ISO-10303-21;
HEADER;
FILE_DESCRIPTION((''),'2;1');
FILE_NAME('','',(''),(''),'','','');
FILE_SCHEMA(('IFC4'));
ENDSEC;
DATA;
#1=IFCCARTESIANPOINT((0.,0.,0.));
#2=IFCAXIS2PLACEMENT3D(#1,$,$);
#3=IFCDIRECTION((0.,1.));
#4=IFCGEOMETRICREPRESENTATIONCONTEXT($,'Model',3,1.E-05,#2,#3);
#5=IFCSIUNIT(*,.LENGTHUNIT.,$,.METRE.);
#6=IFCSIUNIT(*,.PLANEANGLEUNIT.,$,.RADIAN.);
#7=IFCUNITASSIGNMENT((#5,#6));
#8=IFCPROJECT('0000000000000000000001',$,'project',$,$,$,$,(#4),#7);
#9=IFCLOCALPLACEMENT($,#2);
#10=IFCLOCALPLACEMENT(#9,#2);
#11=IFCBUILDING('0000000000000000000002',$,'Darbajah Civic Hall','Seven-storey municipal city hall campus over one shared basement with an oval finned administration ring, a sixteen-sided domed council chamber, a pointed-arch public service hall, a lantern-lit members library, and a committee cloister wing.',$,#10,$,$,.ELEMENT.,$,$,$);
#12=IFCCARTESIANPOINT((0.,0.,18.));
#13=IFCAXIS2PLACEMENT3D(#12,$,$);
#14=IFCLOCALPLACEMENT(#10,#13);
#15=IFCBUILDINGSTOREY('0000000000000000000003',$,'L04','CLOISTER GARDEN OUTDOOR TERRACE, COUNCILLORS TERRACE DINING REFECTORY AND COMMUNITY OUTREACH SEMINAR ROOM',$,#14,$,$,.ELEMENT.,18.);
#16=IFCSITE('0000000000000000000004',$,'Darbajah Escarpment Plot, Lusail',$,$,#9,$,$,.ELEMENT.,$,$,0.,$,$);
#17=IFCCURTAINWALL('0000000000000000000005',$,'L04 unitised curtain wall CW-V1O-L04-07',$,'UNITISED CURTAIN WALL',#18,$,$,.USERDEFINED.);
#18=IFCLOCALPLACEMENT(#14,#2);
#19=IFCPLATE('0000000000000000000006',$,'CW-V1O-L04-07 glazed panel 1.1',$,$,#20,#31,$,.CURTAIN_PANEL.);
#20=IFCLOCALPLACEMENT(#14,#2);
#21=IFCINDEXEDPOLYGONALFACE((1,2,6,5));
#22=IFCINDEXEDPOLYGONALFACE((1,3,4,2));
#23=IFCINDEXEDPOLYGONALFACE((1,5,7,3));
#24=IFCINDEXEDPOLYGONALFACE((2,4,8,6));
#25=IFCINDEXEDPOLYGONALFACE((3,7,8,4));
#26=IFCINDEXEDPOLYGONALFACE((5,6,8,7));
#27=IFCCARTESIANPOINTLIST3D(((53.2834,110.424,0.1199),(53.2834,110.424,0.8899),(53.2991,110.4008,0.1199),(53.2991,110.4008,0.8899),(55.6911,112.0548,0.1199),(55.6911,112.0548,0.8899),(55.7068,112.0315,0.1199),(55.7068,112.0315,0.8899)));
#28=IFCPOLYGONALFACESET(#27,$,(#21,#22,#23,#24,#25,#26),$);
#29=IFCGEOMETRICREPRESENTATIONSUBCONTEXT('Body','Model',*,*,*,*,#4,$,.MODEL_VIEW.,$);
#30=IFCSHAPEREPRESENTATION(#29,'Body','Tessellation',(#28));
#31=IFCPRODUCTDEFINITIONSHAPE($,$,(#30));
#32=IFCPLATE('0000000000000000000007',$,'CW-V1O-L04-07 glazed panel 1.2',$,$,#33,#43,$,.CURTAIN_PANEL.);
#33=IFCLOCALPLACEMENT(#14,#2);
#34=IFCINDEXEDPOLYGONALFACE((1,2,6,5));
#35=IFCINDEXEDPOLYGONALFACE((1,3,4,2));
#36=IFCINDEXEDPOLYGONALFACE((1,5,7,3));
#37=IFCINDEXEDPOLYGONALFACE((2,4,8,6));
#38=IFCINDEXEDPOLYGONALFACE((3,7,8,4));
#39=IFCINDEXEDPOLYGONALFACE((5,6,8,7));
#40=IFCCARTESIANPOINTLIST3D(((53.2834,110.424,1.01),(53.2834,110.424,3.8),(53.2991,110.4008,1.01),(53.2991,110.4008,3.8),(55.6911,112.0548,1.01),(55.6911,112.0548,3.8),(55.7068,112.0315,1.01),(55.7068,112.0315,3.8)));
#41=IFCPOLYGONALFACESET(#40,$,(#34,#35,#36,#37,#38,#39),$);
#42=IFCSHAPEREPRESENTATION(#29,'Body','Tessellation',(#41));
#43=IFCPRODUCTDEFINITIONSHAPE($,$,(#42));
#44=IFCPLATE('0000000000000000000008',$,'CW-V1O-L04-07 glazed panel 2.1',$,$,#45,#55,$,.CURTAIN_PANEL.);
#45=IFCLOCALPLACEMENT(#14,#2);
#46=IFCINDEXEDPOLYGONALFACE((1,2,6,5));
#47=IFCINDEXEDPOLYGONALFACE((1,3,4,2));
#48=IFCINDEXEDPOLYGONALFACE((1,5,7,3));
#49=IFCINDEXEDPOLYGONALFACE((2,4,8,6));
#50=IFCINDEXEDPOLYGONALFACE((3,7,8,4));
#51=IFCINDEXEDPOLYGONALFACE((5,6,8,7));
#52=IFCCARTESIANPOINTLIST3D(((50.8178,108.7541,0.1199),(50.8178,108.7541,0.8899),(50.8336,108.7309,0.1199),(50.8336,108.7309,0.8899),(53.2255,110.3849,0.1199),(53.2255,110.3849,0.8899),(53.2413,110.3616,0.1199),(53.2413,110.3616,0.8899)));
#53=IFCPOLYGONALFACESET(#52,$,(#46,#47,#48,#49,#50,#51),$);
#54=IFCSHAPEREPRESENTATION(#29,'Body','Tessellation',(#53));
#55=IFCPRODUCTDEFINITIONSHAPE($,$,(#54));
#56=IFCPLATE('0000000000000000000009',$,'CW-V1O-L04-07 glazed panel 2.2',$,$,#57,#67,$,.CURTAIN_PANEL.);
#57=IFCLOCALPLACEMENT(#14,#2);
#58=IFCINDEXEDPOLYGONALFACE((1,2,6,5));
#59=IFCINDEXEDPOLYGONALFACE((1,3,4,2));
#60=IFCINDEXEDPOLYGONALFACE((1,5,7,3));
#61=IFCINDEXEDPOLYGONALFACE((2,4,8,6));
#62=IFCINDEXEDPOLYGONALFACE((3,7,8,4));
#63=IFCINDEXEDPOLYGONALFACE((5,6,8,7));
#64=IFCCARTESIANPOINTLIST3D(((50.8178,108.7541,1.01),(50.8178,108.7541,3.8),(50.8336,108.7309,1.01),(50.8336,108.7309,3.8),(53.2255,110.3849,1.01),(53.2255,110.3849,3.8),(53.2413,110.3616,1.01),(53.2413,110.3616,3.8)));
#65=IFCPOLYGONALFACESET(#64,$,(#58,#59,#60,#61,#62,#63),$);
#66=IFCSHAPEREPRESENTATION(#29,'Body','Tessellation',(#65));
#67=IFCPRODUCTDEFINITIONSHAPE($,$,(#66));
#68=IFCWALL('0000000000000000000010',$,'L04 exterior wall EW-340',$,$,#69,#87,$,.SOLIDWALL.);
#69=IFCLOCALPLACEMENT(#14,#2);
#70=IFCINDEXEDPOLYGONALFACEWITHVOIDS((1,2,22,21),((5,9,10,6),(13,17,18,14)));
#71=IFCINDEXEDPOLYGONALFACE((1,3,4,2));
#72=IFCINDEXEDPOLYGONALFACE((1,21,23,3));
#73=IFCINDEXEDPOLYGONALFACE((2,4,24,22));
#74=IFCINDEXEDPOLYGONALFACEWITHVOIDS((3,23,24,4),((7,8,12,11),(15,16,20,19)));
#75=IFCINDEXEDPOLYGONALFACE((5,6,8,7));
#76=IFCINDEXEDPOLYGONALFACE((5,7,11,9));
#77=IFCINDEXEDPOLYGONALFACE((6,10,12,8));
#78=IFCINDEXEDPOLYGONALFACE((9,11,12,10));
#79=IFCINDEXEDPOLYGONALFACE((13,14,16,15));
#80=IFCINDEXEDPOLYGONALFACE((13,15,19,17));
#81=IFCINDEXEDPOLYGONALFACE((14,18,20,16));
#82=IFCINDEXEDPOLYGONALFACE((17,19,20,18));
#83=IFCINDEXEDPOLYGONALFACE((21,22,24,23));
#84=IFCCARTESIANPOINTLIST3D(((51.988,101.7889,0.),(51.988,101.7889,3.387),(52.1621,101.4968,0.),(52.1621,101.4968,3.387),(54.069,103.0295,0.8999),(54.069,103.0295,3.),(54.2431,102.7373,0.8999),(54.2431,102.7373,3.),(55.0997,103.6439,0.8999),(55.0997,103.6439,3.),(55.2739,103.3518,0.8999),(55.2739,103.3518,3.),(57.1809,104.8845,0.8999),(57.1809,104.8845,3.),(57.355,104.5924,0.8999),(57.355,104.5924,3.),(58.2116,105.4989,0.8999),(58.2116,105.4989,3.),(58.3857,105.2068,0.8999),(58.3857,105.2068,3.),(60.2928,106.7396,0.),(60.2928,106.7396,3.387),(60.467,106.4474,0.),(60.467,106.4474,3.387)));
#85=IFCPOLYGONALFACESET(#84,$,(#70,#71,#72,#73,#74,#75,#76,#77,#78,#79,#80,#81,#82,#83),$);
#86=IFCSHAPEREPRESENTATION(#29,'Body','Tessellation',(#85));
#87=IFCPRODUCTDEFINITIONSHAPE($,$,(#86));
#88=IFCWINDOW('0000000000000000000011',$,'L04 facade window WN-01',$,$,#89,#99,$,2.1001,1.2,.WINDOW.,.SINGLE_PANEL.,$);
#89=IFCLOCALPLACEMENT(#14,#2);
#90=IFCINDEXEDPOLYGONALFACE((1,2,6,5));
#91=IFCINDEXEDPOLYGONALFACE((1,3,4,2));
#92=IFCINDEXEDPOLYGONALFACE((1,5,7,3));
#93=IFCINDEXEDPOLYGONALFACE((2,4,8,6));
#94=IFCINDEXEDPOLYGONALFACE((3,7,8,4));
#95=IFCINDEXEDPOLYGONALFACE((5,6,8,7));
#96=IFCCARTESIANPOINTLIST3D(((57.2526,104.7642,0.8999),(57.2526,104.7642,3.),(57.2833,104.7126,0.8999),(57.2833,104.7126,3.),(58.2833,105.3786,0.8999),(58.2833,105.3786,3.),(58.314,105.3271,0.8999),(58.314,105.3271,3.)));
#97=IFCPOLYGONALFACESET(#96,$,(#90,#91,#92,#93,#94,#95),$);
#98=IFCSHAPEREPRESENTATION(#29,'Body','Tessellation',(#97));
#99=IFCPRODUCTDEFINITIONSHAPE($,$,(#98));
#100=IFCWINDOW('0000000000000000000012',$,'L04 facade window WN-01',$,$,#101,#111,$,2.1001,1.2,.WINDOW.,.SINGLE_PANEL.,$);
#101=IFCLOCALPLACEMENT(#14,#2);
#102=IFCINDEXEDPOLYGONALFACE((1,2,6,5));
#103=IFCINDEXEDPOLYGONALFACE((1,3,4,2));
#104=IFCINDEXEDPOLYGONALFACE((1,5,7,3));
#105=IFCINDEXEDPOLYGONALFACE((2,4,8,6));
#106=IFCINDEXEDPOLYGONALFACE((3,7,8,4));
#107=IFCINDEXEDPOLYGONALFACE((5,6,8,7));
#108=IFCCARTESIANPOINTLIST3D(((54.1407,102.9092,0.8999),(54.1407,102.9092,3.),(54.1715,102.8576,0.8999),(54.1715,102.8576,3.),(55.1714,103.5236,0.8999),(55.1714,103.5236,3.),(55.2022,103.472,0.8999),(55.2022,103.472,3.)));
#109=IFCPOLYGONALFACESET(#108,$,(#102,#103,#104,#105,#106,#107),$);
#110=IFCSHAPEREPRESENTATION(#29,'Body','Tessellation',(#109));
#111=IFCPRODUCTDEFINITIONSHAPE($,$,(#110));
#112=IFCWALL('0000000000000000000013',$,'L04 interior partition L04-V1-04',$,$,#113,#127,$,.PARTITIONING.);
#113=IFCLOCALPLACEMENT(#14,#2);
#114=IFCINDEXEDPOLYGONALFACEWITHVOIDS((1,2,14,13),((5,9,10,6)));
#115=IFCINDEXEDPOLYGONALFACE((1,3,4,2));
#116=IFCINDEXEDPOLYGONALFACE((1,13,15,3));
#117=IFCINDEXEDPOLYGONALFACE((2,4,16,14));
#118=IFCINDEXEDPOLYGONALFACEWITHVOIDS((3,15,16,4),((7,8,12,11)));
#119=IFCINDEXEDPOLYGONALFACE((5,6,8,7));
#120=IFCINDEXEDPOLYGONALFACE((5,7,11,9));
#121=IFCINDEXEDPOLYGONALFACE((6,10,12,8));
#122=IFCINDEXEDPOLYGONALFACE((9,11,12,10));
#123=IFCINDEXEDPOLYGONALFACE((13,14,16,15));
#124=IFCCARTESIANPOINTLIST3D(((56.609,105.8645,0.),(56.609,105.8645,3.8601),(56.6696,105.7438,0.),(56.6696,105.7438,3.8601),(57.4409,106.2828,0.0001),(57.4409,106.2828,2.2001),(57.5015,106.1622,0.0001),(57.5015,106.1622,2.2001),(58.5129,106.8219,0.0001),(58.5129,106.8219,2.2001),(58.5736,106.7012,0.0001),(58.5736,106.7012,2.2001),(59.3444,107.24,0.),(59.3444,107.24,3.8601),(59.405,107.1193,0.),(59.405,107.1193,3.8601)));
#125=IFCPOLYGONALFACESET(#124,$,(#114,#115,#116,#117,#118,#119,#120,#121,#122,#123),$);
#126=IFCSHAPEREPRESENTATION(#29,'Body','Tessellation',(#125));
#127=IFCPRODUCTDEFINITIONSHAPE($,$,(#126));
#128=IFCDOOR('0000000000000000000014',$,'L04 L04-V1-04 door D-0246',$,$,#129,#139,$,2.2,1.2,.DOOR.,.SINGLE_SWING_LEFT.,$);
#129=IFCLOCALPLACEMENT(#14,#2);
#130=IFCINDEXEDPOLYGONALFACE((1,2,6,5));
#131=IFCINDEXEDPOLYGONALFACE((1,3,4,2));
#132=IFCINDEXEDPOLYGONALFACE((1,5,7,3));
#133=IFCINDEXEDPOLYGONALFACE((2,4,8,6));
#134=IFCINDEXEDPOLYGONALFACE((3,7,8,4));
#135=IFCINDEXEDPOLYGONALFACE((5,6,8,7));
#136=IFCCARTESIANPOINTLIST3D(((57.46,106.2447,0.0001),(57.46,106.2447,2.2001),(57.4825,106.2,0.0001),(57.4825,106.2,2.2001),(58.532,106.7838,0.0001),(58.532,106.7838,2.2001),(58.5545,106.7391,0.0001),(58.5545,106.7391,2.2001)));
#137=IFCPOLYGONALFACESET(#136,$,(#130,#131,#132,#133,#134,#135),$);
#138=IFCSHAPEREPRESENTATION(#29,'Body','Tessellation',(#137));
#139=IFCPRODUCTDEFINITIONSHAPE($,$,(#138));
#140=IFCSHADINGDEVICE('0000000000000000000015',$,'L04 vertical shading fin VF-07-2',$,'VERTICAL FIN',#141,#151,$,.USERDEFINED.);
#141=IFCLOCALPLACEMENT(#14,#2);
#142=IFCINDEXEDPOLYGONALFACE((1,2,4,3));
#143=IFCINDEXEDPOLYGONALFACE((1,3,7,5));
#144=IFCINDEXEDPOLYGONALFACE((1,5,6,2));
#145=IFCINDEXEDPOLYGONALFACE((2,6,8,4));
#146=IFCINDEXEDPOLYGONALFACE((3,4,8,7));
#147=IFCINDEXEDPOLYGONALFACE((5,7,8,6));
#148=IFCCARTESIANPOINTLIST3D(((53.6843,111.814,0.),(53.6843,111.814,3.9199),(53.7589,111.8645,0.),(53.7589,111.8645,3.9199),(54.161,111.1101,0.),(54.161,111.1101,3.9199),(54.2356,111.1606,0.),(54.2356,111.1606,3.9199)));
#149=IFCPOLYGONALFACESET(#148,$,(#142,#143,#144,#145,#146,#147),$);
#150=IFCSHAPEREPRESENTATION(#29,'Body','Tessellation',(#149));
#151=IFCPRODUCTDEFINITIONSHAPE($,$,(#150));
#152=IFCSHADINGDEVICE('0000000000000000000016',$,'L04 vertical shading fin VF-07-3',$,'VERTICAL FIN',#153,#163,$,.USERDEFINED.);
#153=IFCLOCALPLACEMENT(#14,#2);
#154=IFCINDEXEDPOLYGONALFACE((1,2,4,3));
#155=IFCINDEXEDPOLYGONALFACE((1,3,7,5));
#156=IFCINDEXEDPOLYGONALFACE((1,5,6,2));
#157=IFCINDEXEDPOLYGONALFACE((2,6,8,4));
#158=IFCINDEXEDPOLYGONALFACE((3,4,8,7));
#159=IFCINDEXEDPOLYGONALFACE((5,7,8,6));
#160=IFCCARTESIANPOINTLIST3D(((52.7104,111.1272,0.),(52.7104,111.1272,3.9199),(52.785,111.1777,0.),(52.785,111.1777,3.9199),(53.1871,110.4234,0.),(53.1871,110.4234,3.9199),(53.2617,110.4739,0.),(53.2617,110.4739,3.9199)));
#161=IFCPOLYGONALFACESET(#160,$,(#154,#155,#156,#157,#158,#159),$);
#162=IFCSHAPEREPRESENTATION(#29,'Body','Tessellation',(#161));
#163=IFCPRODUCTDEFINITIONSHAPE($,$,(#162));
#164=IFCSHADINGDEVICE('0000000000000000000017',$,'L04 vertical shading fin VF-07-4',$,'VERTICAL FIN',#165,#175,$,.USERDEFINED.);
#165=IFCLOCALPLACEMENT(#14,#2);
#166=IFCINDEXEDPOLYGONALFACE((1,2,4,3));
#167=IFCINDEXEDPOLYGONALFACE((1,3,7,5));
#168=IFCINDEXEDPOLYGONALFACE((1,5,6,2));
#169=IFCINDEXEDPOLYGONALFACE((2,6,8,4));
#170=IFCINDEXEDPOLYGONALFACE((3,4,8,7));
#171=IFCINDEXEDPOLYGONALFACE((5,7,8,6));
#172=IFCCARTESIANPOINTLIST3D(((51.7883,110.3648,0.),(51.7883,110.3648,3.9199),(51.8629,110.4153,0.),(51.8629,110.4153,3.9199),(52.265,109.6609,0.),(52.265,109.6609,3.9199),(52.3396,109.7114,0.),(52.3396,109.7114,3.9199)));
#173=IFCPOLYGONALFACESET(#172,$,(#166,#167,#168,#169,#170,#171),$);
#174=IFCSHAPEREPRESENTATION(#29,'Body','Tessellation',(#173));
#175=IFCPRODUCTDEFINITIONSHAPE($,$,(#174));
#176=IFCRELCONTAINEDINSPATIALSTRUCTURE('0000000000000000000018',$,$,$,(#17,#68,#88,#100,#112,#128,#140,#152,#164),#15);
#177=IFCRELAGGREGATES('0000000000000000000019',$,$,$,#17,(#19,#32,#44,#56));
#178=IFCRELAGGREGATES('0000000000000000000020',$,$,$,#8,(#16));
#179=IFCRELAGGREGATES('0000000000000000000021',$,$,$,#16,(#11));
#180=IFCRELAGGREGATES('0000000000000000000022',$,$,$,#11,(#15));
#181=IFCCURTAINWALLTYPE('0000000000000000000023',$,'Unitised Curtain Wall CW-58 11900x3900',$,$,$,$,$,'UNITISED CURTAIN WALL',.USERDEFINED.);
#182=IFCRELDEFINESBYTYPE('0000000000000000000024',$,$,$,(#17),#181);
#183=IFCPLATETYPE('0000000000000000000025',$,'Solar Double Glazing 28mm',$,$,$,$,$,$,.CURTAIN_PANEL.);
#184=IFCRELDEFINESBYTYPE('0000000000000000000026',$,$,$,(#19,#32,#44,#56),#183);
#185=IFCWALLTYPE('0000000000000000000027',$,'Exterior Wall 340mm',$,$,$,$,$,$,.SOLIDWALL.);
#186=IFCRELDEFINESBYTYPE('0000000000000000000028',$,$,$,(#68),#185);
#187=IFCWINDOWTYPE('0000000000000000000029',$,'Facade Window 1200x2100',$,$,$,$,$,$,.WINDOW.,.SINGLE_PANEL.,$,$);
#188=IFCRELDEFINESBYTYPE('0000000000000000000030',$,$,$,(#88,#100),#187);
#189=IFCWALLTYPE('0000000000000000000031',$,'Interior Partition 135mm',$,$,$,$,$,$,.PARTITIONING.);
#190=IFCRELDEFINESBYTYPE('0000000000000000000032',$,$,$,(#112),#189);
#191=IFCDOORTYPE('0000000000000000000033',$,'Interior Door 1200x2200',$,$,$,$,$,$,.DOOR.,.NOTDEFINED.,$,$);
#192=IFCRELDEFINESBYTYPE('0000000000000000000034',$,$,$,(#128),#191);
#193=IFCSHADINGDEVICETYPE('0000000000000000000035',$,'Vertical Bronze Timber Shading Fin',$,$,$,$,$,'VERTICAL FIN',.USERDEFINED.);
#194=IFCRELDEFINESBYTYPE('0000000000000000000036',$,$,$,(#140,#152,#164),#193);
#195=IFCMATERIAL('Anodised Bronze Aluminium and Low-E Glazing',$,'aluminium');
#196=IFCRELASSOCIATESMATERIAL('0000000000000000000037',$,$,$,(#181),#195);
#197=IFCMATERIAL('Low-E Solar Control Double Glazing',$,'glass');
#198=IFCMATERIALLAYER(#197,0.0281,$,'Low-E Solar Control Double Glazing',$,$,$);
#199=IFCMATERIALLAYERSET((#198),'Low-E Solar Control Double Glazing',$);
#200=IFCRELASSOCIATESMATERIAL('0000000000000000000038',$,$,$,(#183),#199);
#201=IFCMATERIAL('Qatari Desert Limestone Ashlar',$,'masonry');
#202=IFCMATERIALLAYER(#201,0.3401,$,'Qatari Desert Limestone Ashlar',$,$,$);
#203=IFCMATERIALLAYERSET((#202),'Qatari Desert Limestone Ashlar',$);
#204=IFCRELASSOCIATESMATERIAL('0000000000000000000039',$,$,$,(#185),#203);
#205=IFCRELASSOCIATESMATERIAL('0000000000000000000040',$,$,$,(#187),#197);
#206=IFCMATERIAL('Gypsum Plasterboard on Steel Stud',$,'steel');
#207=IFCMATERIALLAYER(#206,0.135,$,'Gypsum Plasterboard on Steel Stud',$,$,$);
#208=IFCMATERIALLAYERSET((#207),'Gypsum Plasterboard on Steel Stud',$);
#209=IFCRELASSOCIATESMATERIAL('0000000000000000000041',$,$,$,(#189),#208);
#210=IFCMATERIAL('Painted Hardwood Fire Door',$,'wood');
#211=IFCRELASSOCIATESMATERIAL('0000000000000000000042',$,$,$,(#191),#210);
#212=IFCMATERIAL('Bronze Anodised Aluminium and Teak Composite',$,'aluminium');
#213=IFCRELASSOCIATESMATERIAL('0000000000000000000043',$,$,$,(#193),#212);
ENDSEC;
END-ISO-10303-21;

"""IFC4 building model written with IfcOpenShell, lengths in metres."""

from ifc_helpers import new_model, si_unit, direction, frame, frame_2d, origin, origin_2d, place, context, subcontext, project, spatial, rectangle, extrude, material, layer, layer_set, type_object, element, fill, aggregate, save


model = new_model("IFC4")

# Units and contexts
model_context = context("Model", 3, precision=1e-05, world=origin(), true_north=direction((0.0, 1.0)))
body_context = subcontext(model_context, "Body", "Model", "MODEL_VIEW")
ifc_project = project(units=[si_unit("LENGTHUNIT", "METRE"), si_unit("PLANEANGLEUNIT", "RADIAN")], contexts=[model_context])

# Site, building, storey
site_placement = place(None, origin())
site = spatial("IfcSite", under=ifc_project, at=site_placement, Name="Darbajah Escarpment Plot, Lusail", CompositionType="ELEMENT", RefElevation=0.0)
building_placement = place(site_placement, origin())
building = spatial("IfcBuilding", under=site, at=building_placement, Name="Darbajah Civic Hall", Description="Seven-storey municipal city hall campus over one shared basement with an oval finned administration ring, a sixteen-sided domed council chamber, a pointed-arch public service hall, a lantern-lit members library, and a committee cloister wing.", CompositionType="ELEMENT")
storey_placement = place(building_placement, frame((0.0, 0.0, 18.0)))
storey = spatial("IfcBuildingStorey", under=building, at=storey_placement, Name="L04", Description="CLOISTER GARDEN OUTDOOR TERRACE, COUNCILLORS TERRACE DINING REFECTORY AND COMMUNITY OUTREACH SEMINAR ROOM", CompositionType="ELEMENT", Elevation=18.0)

# Curtain wall
ifc_material_1 = material(Name="Anodised Bronze Aluminium and Low-E Glazing", Category="aluminium")
curtain_wall_type = type_object("IfcCurtainWallType", Name="Unitised Curtain Wall CW-58 11900x3900", ElementType="UNITISED CURTAIN WALL", PredefinedType="USERDEFINED", material=ifc_material_1)
curtain_wall_placement = place(storey_placement, origin())
curtain_wall = element("IfcCurtainWall", 1, at=curtain_wall_placement, inside=storey, type_object=curtain_wall_type, Name="L04 unitised curtain wall CW-V1O-L04-07", ObjectType="UNITISED CURTAIN WALL", PredefinedType="USERDEFINED")

# Plates
ifc_material_2 = material(Name="Low-E Solar Control Double Glazing", Category="glass")
ifc_layer_1 = layer(ifc_material_2, 0.0281, Name="Low-E Solar Control Double Glazing")
ifc_layer_set_1 = layer_set([ifc_layer_1], Name="Low-E Solar Control Double Glazing")
plate_type = type_object("IfcPlateType", Name="Solar Double Glazing 28mm", PredefinedType="CURTAIN_PANEL", material=ifc_layer_set_1)
plate_1_placement = place(storey_placement, frame((54.4951, 111.2278, 0.1199), z_axis=(0.0, 0.0, 1.0), x_axis=(-0.827962, -0.560784, 0.0)))
plate_1 = element("IfcPlate", 2, at=plate_1_placement, type_object=plate_type, Name="CW-V1O-L04-07 glazed panel 1.1", PredefinedType="CURTAIN_PANEL", context=body_context, shape_type="SweptSolid", body=[
    extrude(rectangle(XDim=2.908, YDim=0.0281, at=origin_2d()), origin(), (0.0, 0.0, 1.0), 0.77),
])
plate_2_placement = place(storey_placement, frame((54.4951, 111.2278, 1.01), z_axis=(0.0, 0.0, 1.0), x_axis=(-0.827962, -0.560784, 0.0)))
plate_2 = element("IfcPlate", 3, at=plate_2_placement, type_object=plate_type, Name="CW-V1O-L04-07 glazed panel 1.2", PredefinedType="CURTAIN_PANEL", context=body_context, shape_type="SweptSolid", body=[
    extrude(rectangle(XDim=2.908, YDim=0.0281, at=origin_2d()), origin(), (0.0, 0.0, 1.0), 2.79),
])
plate_3_placement = place(storey_placement, frame((52.0295, 109.5579, 0.1199), z_axis=(0.0, 0.0, 1.0), x_axis=(-0.827962, -0.560784, 0.0)))
plate_3 = element("IfcPlate", 4, at=plate_3_placement, type_object=plate_type, Name="CW-V1O-L04-07 glazed panel 2.1", PredefinedType="CURTAIN_PANEL", context=body_context, shape_type="SweptSolid", body=[
    extrude(rectangle(XDim=2.908, YDim=0.0281, at=origin_2d()), origin(), (0.0, 0.0, 1.0), 0.77),
])
plate_4_placement = place(storey_placement, frame((52.0295, 109.5579, 1.01), z_axis=(0.0, 0.0, 1.0), x_axis=(-0.827962, -0.560784, 0.0)))
plate_4 = element("IfcPlate", 5, at=plate_4_placement, type_object=plate_type, Name="CW-V1O-L04-07 glazed panel 2.2", PredefinedType="CURTAIN_PANEL", context=body_context, shape_type="SweptSolid", body=[
    extrude(rectangle(XDim=2.908, YDim=0.0281, at=origin_2d()), origin(), (0.0, 0.0, 1.0), 2.79),
])
aggregate(curtain_wall, [plate_1, plate_2, plate_3, plate_4])

# Wall, openings, windows
ifc_material_3 = material(Name="Qatari Desert Limestone Ashlar", Category="masonry")
ifc_layer_2 = layer(ifc_material_3, 0.3401, Name="Qatari Desert Limestone Ashlar")
ifc_layer_set_2 = layer_set([ifc_layer_2], Name="Qatari Desert Limestone Ashlar")
wall_type_1 = type_object("IfcWallType", Name="Exterior Wall 340mm", PredefinedType="SOLIDWALL", material=ifc_layer_set_2)
wall_1_placement = place(storey_placement, frame((60.3799, 106.5935, 0.0), z_axis=(0.0, 0.0, 1.0), x_axis=(-0.858962, -0.512039, 0.0)))
wall_1 = element("IfcWall", 6, at=wall_1_placement, inside=storey, type_object=wall_type_1, Name="L04 exterior wall EW-340", PredefinedType="SOLIDWALL", context=body_context, shape_type="SweptSolid", body=[
    extrude(rectangle(XDim=9.6685, YDim=0.3401, at=frame_2d((4.8342, 0.0))), origin(), (0.0, 0.0, 1.0), 3.387),
])
opening_1_placement = place(wall_1_placement, frame((2.4229, 0.0, 0.8999)))
opening_1 = element("IfcOpeningElement", 7, at=opening_1_placement, cuts=wall_1, PredefinedType="OPENING", context=body_context, shape_type="SweptSolid", body=[
    extrude(rectangle(XDim=1.2, YDim=2.1001, at=frame_2d((0.6001, 1.05))), frame((0.0, 0.1799, 0.0), z_axis=(0.0, -1.0, 0.0), x_axis=(1.0, 0.0, 0.0)), (0.0, 0.0, 1.0), 0.3601),
])
opening_2_placement = place(wall_1_placement, frame((6.0457, 0.0, 0.8999)))
opening_2 = element("IfcOpeningElement", 8, at=opening_2_placement, cuts=wall_1, PredefinedType="OPENING", context=body_context, shape_type="SweptSolid", body=[
    extrude(rectangle(XDim=1.2, YDim=2.1001, at=frame_2d((0.6001, 1.05))), frame((0.0, 0.1799, 0.0), z_axis=(0.0, -1.0, 0.0), x_axis=(1.0, 0.0, 0.0)), (0.0, 0.0, 1.0), 0.3601),
])
window_type = type_object("IfcWindowType", Name="Facade Window 1200x2100", PartitioningType="SINGLE_PANEL", PredefinedType="WINDOW", material=ifc_material_2)
window_1_placement = place(opening_1_placement, origin())
window_1 = element("IfcWindow", 9, at=window_1_placement, inside=storey, type_object=window_type, Name="L04 facade window WN-01", OverallHeight=2.1001, OverallWidth=1.2, PartitioningType="SINGLE_PANEL", PredefinedType="WINDOW", context=body_context, shape_type="SweptSolid", body=[
    extrude(rectangle(XDim=1.2, YDim=2.1001, at=frame_2d((0.6001, 1.05))), frame((0.0, 0.03, 0.0), z_axis=(0.0, -1.0, 0.0), x_axis=(1.0, 0.0, 0.0)), (0.0, 0.0, 1.0), 0.0601),
])
fill(opening_1, window_1)
window_2_placement = place(opening_2_placement, origin())
window_2 = element("IfcWindow", 10, at=window_2_placement, inside=storey, type_object=window_type, Name="L04 facade window WN-01", OverallHeight=2.1001, OverallWidth=1.2, PartitioningType="SINGLE_PANEL", PredefinedType="WINDOW", context=body_context, shape_type="SweptSolid", body=[
    extrude(rectangle(XDim=1.2, YDim=2.1001, at=frame_2d((0.6001, 1.05))), frame((0.0, 0.03, 0.0), z_axis=(0.0, -1.0, 0.0), x_axis=(1.0, 0.0, 0.0)), (0.0, 0.0, 1.0), 0.0601),
])
fill(opening_2, window_2)

# Wall, opening, door
ifc_material_4 = material(Name="Gypsum Plasterboard on Steel Stud", Category="steel")
ifc_layer_3 = layer(ifc_material_4, 0.135, Name="Gypsum Plasterboard on Steel Stud")
ifc_layer_set_3 = layer_set([ifc_layer_3], Name="Gypsum Plasterboard on Steel Stud")
wall_type_2 = type_object("IfcWallType", Name="Interior Partition 135mm", PredefinedType="PARTITIONING", material=ifc_layer_set_3)
wall_2_placement = place(storey_placement, frame((56.6394, 105.8042, 0.0), z_axis=(0.0, 0.0, 1.0), x_axis=(0.893404, 0.449254, 0.0)))
wall_2 = element("IfcWall", 11, at=wall_2_placement, inside=storey, type_object=wall_type_2, Name="L04 interior partition L04-V1-04", PredefinedType="PARTITIONING", context=body_context, shape_type="SweptSolid", body=[
    extrude(rectangle(XDim=3.0618, YDim=0.135, at=frame_2d((1.5308, 0.0))), origin(), (0.0, 0.0, 1.0), 3.8601),
])
opening_3_placement = place(wall_2_placement, frame((0.9309, 0.0, 0.0)))
opening_3 = element("IfcOpeningElement", 12, at=opening_3_placement, cuts=wall_2, PredefinedType="OPENING", context=body_context, shape_type="SweptSolid", body=[
    extrude(rectangle(XDim=1.2, YDim=2.2, at=frame_2d((0.6001, 1.1001))), frame((0.0, 0.0774, 0.0), z_axis=(0.0, -1.0, 0.0), x_axis=(1.0, 0.0, 0.0)), (0.0, 0.0, 1.0), 0.155),
])
ifc_material_5 = material(Name="Painted Hardwood Fire Door", Category="wood")
door_type = type_object("IfcDoorType", Name="Interior Door 1200x2200", OperationType="NOTDEFINED", PredefinedType="DOOR", material=ifc_material_5)
door_placement = place(opening_3_placement, origin())
door = element("IfcDoor", 13, at=door_placement, inside=storey, type_object=door_type, Name="L04 L04-V1-04 door D-0246", OperationType="SINGLE_SWING_LEFT", OverallHeight=2.2, OverallWidth=1.2, PredefinedType="DOOR", context=body_context, shape_type="SweptSolid", body=[
    extrude(rectangle(XDim=1.2, YDim=2.2, at=frame_2d((0.6001, 1.1001))), frame((0.0, 0.0249, 0.0), z_axis=(0.0, -1.0, 0.0), x_axis=(1.0, 0.0, 0.0)), (0.0, 0.0, 1.0), 0.05),
])
fill(opening_3, door)

# Shading devices
ifc_material_6 = material(Name="Bronze Anodised Aluminium and Teak Composite", Category="aluminium")
shading_device_type = type_object("IfcShadingDeviceType", Name="Vertical Bronze Timber Shading Fin", ElementType="VERTICAL FIN", PredefinedType="USERDEFINED", material=ifc_material_6)
for number, where, z_axis, x_axis, name in (
    (14, (53.96, 111.4873, 0.0), (0.0, 0.0, 1.0), (-0.560784, 0.827962, 0.0), "L04 vertical shading fin VF-07-2"),
    (15, (52.9861, 110.8005, 0.0), (0.0, 0.0, 1.0), (-0.560784, 0.827962, 0.0), "L04 vertical shading fin VF-07-3"),
    (16, (52.064, 110.0381, 0.0), (0.0, 0.0, 1.0), (-0.560784, 0.827962, 0.0), "L04 vertical shading fin VF-07-4"),
):
    element("IfcShadingDevice", number, at=place(storey_placement, frame(where, z_axis=z_axis, x_axis=x_axis)), inside=storey, type_object=shading_device_type, Name=name, ObjectType="VERTICAL FIN", PredefinedType="USERDEFINED", context=body_context, shape_type="SweptSolid", body=[
        extrude(rectangle(XDim=0.8501, YDim=0.0901, at=origin_2d()), origin(), (0.0, 0.0, 1.0), 3.9199),
    ])

save(model, "model.ifc")
